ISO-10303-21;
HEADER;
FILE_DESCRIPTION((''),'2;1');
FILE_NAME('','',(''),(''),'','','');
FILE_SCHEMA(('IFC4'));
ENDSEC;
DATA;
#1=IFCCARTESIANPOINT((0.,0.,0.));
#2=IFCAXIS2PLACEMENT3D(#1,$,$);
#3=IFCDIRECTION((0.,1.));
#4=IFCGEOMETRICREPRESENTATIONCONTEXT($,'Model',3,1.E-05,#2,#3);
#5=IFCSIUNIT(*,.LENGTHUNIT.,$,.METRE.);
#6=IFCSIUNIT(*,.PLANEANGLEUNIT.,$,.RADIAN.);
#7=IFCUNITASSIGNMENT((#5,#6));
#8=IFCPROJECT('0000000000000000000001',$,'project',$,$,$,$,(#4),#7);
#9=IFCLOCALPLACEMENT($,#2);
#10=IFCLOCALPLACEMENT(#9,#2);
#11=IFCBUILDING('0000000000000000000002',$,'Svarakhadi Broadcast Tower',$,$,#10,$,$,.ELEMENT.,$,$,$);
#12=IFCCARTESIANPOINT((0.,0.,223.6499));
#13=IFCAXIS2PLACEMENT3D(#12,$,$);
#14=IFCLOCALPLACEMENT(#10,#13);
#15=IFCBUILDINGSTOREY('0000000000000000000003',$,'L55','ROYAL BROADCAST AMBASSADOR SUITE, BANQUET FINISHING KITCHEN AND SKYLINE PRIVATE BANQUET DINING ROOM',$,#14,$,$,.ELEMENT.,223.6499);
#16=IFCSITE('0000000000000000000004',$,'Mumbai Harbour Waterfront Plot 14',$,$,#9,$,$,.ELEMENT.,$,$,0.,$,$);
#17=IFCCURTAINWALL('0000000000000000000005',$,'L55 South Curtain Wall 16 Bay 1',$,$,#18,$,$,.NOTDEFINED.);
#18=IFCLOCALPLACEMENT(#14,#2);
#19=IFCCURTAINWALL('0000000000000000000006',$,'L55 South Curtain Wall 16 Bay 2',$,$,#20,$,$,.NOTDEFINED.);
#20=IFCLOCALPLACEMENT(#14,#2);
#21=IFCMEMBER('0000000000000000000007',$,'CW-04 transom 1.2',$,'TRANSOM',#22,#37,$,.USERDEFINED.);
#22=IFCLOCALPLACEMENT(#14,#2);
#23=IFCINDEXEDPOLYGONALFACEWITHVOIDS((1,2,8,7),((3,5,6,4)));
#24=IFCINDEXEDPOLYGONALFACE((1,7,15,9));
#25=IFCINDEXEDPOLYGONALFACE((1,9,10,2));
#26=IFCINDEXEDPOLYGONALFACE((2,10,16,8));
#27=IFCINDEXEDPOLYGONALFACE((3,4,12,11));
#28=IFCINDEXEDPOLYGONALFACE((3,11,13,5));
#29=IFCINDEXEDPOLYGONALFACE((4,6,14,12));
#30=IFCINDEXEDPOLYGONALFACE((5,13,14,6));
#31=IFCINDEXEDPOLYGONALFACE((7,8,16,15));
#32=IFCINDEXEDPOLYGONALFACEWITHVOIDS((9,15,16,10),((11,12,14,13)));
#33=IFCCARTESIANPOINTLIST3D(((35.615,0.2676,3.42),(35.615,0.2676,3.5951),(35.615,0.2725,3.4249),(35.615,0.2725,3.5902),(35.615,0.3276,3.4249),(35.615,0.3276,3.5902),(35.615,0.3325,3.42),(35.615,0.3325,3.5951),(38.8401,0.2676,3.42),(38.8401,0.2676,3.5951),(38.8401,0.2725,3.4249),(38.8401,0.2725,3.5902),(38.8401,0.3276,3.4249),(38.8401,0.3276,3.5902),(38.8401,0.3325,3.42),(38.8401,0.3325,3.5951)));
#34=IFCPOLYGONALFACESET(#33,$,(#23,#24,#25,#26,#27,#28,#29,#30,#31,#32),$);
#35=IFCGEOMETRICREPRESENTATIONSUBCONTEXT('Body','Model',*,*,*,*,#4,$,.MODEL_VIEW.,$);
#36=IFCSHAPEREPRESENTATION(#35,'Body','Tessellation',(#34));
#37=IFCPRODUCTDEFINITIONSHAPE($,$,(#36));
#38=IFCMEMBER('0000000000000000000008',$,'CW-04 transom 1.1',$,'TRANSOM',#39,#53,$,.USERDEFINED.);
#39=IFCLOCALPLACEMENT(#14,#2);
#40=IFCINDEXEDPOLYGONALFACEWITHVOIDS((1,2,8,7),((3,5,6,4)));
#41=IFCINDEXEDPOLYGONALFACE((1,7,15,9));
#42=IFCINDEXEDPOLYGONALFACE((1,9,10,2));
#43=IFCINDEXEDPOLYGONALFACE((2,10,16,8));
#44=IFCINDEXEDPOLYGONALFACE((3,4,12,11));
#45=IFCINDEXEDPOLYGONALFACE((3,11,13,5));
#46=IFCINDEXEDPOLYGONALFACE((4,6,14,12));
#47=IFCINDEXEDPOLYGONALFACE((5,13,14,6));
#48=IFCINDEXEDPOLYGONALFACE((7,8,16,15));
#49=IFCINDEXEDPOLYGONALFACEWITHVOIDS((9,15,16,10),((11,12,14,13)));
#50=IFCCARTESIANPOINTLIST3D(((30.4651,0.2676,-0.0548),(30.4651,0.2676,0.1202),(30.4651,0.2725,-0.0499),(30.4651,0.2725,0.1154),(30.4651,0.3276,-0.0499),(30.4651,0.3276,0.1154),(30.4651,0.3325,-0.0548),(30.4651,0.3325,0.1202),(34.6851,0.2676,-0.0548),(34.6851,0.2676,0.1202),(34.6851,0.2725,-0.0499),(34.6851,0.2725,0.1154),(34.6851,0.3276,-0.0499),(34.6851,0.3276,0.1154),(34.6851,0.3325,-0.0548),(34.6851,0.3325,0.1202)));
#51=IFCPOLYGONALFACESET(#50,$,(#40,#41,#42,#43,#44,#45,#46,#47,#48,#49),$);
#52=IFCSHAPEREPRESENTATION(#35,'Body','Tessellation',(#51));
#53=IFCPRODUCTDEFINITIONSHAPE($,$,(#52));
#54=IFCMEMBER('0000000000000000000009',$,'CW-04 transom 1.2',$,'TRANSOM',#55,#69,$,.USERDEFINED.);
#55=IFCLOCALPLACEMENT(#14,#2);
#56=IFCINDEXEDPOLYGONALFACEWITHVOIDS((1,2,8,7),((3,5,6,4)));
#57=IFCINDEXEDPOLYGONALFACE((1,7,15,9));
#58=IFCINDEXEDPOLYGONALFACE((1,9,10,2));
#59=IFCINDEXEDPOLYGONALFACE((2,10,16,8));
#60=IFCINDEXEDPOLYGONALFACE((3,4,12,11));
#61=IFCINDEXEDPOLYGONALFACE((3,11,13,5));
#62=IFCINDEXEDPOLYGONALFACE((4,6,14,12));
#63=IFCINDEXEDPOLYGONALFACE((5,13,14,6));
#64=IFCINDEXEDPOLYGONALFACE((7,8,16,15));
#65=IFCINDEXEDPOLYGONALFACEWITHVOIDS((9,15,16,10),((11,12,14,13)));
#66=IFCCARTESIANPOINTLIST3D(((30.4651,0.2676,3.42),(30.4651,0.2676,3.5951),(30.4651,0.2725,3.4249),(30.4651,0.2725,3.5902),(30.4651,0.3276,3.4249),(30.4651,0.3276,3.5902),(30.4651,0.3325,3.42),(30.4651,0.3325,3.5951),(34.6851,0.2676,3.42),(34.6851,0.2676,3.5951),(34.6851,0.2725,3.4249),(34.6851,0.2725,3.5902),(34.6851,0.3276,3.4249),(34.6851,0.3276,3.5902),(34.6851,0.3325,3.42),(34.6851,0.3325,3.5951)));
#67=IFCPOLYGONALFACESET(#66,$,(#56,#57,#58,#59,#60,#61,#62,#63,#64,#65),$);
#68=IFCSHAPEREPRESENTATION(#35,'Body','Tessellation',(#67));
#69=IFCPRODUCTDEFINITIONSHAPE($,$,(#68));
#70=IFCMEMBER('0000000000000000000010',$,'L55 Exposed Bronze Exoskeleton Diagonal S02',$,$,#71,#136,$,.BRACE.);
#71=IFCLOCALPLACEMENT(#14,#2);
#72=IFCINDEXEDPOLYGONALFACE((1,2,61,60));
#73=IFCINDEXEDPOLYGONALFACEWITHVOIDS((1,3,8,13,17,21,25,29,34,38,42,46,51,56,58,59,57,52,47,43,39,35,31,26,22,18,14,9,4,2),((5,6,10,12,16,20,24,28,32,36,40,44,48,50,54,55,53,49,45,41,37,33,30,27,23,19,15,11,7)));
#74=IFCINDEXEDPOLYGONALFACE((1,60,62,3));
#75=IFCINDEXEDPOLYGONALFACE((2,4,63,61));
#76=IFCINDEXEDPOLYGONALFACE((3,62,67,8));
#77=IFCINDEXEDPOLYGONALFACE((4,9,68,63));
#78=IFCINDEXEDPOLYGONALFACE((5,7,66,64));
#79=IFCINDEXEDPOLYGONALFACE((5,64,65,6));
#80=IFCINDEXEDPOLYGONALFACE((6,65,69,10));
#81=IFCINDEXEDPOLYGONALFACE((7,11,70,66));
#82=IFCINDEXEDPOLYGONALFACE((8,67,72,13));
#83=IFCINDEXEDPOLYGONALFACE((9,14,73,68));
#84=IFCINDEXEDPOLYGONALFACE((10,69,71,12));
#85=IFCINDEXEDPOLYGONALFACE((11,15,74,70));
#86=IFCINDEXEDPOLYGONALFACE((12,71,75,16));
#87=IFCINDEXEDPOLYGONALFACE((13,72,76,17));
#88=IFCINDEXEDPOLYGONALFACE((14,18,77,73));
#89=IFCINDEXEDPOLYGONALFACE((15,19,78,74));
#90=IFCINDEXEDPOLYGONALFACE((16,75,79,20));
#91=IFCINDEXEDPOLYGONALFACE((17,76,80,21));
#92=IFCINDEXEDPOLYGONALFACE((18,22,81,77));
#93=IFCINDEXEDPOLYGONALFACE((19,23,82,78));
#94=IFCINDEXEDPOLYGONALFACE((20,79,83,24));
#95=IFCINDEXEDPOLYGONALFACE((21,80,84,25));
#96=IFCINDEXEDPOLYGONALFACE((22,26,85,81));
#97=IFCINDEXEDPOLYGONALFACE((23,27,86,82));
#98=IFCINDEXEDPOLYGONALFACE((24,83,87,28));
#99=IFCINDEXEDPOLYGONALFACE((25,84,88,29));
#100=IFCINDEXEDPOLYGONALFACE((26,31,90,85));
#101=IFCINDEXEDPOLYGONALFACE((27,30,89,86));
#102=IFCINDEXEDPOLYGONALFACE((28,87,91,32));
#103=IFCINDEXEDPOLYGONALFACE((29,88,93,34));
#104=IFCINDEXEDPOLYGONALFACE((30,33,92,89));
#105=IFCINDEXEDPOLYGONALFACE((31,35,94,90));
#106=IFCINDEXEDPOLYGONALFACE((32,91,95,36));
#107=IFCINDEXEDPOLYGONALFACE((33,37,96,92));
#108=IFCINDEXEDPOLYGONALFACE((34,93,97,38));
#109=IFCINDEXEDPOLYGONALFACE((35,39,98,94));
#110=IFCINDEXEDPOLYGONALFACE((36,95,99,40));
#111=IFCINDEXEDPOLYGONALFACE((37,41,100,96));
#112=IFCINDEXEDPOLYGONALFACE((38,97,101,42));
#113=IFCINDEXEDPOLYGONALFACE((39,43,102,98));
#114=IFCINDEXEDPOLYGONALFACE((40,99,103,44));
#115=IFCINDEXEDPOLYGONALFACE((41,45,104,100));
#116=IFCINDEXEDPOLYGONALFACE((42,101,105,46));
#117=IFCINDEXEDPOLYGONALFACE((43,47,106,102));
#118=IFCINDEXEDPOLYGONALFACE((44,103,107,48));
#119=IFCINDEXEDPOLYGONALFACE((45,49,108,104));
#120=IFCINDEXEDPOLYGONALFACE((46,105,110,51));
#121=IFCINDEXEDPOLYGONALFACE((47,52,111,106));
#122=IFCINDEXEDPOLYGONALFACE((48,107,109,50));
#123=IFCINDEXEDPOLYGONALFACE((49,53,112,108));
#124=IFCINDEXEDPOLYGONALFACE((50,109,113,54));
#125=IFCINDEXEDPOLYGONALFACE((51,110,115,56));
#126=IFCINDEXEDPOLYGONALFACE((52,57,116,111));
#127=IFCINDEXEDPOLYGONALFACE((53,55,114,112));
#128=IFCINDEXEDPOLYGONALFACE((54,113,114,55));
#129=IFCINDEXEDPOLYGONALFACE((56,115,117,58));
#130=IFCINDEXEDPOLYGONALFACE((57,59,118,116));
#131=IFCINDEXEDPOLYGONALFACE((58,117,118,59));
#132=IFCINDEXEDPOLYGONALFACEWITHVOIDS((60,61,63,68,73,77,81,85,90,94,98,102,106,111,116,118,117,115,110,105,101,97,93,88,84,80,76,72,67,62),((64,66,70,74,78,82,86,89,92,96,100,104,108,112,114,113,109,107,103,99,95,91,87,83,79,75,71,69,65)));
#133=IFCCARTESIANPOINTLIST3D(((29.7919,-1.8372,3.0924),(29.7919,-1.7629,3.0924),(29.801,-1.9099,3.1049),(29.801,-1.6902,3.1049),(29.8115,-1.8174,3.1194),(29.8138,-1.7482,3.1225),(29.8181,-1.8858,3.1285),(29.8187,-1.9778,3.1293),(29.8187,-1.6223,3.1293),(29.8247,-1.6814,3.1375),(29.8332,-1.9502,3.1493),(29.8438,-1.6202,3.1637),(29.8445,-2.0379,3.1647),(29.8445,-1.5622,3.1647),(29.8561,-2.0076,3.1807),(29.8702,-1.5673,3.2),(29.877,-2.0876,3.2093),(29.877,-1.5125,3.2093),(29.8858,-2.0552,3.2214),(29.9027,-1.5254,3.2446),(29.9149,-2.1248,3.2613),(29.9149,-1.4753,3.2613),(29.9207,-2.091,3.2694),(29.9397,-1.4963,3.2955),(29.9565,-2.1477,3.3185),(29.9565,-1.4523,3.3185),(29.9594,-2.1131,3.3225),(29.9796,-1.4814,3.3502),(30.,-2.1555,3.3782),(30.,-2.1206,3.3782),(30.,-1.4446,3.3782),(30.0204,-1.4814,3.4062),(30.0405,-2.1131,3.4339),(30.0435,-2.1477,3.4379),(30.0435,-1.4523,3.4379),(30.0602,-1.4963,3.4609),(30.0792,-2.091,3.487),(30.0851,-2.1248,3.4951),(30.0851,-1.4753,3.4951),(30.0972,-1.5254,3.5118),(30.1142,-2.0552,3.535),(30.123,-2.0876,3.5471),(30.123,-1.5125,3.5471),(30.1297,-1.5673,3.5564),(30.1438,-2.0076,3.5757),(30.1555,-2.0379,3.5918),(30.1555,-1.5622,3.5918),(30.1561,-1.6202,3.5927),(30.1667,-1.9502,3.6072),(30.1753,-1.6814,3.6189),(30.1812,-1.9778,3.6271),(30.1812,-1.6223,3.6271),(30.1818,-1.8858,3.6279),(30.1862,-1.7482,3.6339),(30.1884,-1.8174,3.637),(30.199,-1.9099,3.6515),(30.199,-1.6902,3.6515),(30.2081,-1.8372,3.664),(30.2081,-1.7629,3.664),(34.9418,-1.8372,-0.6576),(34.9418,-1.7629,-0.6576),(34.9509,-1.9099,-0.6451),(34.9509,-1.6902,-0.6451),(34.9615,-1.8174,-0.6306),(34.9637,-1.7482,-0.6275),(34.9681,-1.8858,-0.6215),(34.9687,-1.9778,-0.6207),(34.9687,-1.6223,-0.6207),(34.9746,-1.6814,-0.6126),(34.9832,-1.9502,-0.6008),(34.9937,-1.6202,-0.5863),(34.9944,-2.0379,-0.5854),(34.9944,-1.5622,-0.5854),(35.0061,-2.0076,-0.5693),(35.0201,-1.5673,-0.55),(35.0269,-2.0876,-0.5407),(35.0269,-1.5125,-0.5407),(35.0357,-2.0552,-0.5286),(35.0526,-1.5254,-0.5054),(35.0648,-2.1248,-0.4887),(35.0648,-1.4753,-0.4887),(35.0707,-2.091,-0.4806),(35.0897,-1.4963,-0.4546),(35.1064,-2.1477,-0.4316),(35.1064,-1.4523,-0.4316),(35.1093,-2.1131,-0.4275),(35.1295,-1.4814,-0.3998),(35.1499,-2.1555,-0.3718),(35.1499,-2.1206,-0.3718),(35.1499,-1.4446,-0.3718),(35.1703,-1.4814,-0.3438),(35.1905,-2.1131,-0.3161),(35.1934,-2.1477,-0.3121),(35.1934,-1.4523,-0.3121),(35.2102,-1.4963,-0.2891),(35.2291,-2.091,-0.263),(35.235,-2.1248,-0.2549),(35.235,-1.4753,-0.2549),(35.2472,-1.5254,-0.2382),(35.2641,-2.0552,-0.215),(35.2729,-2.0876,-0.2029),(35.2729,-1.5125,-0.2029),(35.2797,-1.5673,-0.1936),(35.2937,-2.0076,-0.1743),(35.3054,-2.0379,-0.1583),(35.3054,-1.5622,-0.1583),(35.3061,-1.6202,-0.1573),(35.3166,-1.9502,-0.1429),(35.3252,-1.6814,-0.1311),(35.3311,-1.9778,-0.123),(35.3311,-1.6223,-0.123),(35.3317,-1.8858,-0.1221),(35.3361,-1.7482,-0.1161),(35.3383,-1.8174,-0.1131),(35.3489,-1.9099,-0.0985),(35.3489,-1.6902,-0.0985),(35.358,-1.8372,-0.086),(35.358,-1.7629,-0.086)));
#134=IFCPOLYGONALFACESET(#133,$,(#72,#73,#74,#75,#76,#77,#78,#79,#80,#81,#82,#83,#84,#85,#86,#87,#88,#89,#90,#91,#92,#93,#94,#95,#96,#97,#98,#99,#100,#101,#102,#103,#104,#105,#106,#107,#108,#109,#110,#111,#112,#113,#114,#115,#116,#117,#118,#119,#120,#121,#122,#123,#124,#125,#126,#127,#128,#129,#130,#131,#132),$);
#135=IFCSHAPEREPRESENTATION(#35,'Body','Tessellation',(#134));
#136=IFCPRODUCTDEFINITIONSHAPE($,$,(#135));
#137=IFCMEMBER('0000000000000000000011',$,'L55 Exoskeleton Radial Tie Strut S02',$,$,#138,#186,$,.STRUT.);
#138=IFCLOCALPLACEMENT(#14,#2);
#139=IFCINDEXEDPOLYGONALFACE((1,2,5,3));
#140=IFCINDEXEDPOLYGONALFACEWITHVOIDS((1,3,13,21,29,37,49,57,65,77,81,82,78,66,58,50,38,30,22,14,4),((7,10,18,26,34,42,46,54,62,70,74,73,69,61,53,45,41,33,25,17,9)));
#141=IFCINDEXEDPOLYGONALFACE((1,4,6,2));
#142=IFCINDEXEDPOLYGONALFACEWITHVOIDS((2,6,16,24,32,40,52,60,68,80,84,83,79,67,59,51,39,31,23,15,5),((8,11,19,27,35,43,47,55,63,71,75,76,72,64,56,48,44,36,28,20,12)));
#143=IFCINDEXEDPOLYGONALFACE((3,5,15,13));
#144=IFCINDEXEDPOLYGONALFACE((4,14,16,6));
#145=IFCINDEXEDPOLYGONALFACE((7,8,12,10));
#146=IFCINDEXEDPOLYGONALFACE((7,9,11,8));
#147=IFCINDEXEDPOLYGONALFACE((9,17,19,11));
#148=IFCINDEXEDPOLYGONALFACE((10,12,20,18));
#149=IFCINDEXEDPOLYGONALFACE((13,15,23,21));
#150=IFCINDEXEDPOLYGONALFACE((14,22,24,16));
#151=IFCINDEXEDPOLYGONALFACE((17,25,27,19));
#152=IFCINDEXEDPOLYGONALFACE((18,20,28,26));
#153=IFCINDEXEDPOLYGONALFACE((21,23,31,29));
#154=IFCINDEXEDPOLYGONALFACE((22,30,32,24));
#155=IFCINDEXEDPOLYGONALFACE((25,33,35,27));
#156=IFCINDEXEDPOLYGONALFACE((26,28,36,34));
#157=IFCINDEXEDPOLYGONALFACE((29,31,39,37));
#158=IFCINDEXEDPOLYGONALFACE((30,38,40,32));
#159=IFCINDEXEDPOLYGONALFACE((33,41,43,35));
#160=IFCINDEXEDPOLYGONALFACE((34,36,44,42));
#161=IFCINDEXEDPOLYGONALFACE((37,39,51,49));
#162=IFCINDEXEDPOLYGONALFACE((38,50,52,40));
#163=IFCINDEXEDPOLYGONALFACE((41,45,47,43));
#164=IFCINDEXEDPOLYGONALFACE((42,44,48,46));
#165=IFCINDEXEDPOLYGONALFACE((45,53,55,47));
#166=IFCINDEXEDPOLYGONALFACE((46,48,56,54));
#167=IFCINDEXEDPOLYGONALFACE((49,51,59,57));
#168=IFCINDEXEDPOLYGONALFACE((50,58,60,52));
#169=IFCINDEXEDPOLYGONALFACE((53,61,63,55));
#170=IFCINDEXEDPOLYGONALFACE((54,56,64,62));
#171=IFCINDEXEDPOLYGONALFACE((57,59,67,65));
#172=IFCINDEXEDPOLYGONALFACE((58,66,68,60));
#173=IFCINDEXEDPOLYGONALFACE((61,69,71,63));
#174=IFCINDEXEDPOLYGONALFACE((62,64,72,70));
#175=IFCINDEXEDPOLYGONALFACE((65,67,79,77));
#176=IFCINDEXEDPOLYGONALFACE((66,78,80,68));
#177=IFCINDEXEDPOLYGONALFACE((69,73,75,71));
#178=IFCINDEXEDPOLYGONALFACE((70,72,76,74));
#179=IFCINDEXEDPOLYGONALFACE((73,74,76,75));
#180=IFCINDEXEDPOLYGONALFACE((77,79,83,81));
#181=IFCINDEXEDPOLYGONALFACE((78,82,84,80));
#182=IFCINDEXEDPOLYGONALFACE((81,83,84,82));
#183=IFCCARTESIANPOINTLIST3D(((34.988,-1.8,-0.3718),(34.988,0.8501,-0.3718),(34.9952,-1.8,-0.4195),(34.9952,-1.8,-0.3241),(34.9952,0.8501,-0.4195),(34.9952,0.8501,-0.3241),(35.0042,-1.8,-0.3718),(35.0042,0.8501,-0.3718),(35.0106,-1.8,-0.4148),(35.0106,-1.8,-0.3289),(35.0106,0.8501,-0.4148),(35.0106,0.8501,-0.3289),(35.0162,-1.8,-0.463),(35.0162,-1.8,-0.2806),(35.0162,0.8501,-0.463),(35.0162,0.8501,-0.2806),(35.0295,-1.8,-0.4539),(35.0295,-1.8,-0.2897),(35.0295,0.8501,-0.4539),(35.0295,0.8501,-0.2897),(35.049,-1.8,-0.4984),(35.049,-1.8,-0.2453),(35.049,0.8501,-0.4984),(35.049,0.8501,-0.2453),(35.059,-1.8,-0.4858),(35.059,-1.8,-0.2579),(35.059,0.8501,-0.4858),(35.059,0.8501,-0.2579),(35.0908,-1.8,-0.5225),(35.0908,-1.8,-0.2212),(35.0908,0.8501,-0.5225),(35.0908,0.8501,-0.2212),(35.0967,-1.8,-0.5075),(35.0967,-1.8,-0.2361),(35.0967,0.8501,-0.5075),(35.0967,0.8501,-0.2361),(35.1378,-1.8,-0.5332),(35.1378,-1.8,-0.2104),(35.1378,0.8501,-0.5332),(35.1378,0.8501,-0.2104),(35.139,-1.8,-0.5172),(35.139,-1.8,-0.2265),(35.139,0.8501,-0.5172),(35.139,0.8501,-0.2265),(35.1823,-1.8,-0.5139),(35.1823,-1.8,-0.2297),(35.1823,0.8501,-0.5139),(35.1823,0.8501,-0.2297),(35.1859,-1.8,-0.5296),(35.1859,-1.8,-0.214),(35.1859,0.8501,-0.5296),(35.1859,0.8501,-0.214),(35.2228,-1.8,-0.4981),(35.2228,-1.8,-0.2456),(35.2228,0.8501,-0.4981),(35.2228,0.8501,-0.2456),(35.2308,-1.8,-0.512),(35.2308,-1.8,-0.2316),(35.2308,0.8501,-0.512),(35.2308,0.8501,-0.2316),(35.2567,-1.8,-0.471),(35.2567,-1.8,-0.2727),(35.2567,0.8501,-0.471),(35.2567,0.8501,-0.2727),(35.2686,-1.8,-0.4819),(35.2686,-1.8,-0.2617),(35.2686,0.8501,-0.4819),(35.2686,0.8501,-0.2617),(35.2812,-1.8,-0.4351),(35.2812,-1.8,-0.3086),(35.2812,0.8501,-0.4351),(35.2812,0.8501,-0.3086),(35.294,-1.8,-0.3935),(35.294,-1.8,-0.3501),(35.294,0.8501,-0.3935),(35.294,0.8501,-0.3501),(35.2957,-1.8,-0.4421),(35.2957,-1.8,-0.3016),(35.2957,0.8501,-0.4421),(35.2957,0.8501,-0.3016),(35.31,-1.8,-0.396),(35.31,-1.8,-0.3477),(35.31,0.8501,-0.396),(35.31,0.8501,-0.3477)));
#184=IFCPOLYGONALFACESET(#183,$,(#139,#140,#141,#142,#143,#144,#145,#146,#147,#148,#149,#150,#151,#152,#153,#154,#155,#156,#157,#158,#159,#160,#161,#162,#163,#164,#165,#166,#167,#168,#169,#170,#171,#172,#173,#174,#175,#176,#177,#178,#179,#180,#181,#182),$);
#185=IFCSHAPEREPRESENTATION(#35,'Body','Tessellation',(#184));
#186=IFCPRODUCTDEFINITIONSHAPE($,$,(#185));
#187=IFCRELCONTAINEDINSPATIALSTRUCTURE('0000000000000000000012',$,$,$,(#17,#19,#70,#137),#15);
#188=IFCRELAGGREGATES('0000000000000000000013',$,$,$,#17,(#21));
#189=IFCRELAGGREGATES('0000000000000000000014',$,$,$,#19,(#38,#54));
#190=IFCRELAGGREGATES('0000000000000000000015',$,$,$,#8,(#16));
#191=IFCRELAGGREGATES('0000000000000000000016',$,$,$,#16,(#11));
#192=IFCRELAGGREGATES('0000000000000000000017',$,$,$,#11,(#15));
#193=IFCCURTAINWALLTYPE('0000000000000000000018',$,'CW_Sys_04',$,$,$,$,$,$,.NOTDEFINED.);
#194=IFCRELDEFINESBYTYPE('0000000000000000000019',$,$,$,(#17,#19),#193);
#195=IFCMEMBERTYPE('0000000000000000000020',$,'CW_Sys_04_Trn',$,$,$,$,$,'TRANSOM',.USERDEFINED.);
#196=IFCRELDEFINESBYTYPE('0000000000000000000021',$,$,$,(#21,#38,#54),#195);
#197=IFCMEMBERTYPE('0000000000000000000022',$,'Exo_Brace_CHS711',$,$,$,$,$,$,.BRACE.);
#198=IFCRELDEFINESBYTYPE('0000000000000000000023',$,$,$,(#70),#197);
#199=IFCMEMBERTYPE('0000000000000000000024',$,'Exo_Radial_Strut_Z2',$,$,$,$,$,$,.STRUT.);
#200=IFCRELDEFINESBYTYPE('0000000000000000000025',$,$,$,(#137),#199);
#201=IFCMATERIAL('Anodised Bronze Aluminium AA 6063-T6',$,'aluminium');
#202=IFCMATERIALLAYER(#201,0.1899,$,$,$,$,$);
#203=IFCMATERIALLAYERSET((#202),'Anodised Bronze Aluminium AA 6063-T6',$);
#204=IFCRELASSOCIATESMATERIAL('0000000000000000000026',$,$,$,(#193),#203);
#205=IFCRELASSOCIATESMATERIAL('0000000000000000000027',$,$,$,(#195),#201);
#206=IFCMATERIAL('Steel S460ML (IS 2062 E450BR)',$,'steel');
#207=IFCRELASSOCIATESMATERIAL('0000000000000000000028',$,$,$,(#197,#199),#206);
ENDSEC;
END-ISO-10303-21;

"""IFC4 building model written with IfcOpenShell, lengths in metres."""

from ifc_helpers import new_model, si_unit, direction, frame, origin, origin_2d, place, context, subcontext, project, spatial, hollow_rectangle, hollow_circle, extrude, material, layer, layer_set, material_profile, profile_set, type_object, element, aggregate, save


model = new_model("IFC4")

# Units and contexts
model_context = context("Model", 3, precision=1e-05, world=origin(), true_north=direction((0.0, 1.0)))
body_context = subcontext(model_context, "Body", "Model", "MODEL_VIEW")
ifc_project = project(units=[si_unit("LENGTHUNIT", "METRE"), si_unit("PLANEANGLEUNIT", "RADIAN")], contexts=[model_context])

# Site, building, storey
site_placement = place(None, origin())
site = spatial("IfcSite", under=ifc_project, at=site_placement, Name="Mumbai Harbour Waterfront Plot 14", CompositionType="ELEMENT", RefElevation=0.0)
building_placement = place(site_placement, origin())
building = spatial("IfcBuilding", under=site, at=building_placement, Name="Svarakhadi Broadcast Tower", CompositionType="ELEMENT")
storey_placement = place(building_placement, frame((0.0, 0.0, 223.6499)))
storey = spatial("IfcBuildingStorey", under=building, at=storey_placement, Name="L55", Description="ROYAL BROADCAST AMBASSADOR SUITE, BANQUET FINISHING KITCHEN AND SKYLINE PRIVATE BANQUET DINING ROOM", CompositionType="ELEMENT", Elevation=223.6499)

# Shared definitions
ifc_material_1 = material(Name="Anodised Bronze Aluminium AA 6063-T6", Category="aluminium")
ifc_layer_1 = layer(ifc_material_1, 0.1899)
ifc_layer_set_1 = layer_set([ifc_layer_1], Name="Anodised Bronze Aluminium AA 6063-T6")
curtain_wall_type = type_object("IfcCurtainWallType", Name="CW_Sys_04", PredefinedType="NOTDEFINED", material=ifc_layer_set_1)

# Curtain walls
curtain_wall_1_placement = place(storey_placement, origin())
curtain_wall_1 = element("IfcCurtainWall", 1, at=curtain_wall_1_placement, inside=storey, type_object=curtain_wall_type, Name="L55 South Curtain Wall 16 Bay 1", PredefinedType="NOTDEFINED")
curtain_wall_2_placement = place(storey_placement, origin())
curtain_wall_2 = element("IfcCurtainWall", 2, at=curtain_wall_2_placement, inside=storey, type_object=curtain_wall_type, Name="L55 South Curtain Wall 16 Bay 2", PredefinedType="NOTDEFINED")

# Members
ifc_material_profile_1 = material_profile(ifc_material_1, hollow_rectangle(XDim=0.0649, YDim=0.175, WallThickness=0.0049, at=origin_2d()), Name="ALU TRANSOM 175x65x5")
ifc_profile_set_1 = profile_set([ifc_material_profile_1], Name="Anodised Bronze Aluminium AA 6063-T6")
member_type_1 = type_object("IfcMemberType", Name="CW_Sys_04_Trn", ElementType="TRANSOM", PredefinedType="USERDEFINED", material=ifc_profile_set_1)
member_1_placement = place(storey_placement, frame((38.8401, 0.3, 3.5076), z_axis=(-1.0, 0.0, 0.0), x_axis=(0.0, -1.0, 0.0)))
member_1 = element("IfcMember", 3, at=member_1_placement, type_object=member_type_1, Name="CW-04 transom 1.2", ObjectType="TRANSOM", PredefinedType="USERDEFINED", context=body_context, shape_type="SweptSolid", body=[
    extrude(hollow_rectangle(XDim=0.0649, YDim=0.175, WallThickness=0.0049, at=origin_2d()), origin(), (0.0, 0.0, 1.0), 3.2251),
])
member_2_placement = place(storey_placement, frame((34.6851, 0.3, 0.0327), z_axis=(-1.0, 0.0, 0.0), x_axis=(0.0, -1.0, 0.0)))
member_2 = element("IfcMember", 4, at=member_2_placement, type_object=member_type_1, Name="CW-04 transom 1.1", ObjectType="TRANSOM", PredefinedType="USERDEFINED", context=body_context, shape_type="SweptSolid", body=[
    extrude(hollow_rectangle(XDim=0.0649, YDim=0.175, WallThickness=0.0049, at=origin_2d()), origin(), (0.0, 0.0, 1.0), 4.22),
])
member_3_placement = place(storey_placement, frame((34.6851, 0.3, 3.5076), z_axis=(-1.0, 0.0, 0.0), x_axis=(0.0, -1.0, 0.0)))
member_3 = element("IfcMember", 5, at=member_3_placement, type_object=member_type_1, Name="CW-04 transom 1.2", ObjectType="TRANSOM", PredefinedType="USERDEFINED", context=body_context, shape_type="SweptSolid", body=[
    extrude(hollow_rectangle(XDim=0.0649, YDim=0.175, WallThickness=0.0049, at=origin_2d()), origin(), (0.0, 0.0, 1.0), 4.22),
])

# Members
ifc_material_2 = material(Name="Steel S460ML (IS 2062 E450BR)", Category="steel")
ifc_material_profile_2 = material_profile(ifc_material_2, hollow_circle(Radius=0.3555, WallThickness=0.0349, at=origin_2d()), Name="CHS 711x35")
ifc_profile_set_2 = profile_set([ifc_material_profile_2], Name="Steel S460ML (IS 2062 E450BR)")
member_type_2 = type_object("IfcMemberType", Name="Exo_Brace_CHS711", PredefinedType="BRACE", material=ifc_profile_set_2)
member_4_placement = place(storey_placement, frame((35.1499, -1.8, -0.3718), z_axis=(-0.808391, 0.0, 0.588646), x_axis=(0.0, -1.0, 0.0)))
element("IfcMember", 6, at=member_4_placement, inside=storey, type_object=member_type_2, Name="L55 Exposed Bronze Exoskeleton Diagonal S02", PredefinedType="BRACE", context=body_context, shape_type="SweptSolid", body=[
    extrude(hollow_circle(Radius=0.3555, WallThickness=0.0349, at=origin_2d()), origin(), (0.0, 0.0, 1.0), 6.3706),
])
ifc_material_profile_3 = material_profile(ifc_material_2, hollow_circle(Radius=0.1619, WallThickness=0.0161, at=origin_2d()), Name="CHS 323.9x16")
ifc_profile_set_3 = profile_set([ifc_material_profile_3], Name="Steel S460ML (IS 2062 E450BR)")
member_type_3 = type_object("IfcMemberType", Name="Exo_Radial_Strut_Z2", PredefinedType="STRUT", material=ifc_profile_set_3)
member_5_placement = place(storey_placement, frame((35.1499, -1.8, -0.3718), z_axis=(0.0, 1.0, 0.0), x_axis=(-1.0, 0.0, 0.0)))
element("IfcMember", 7, at=member_5_placement, inside=storey, type_object=member_type_3, Name="L55 Exoskeleton Radial Tie Strut S02", PredefinedType="STRUT", context=body_context, shape_type="SweptSolid", body=[
    extrude(hollow_circle(Radius=0.1619, WallThickness=0.0161, at=origin_2d()), origin(), (0.0, 0.0, 1.0), 2.6501),
])

aggregate(curtain_wall_1, [member_1])
aggregate(curtain_wall_2, [member_2, member_3])

save(model, "model.ifc")
